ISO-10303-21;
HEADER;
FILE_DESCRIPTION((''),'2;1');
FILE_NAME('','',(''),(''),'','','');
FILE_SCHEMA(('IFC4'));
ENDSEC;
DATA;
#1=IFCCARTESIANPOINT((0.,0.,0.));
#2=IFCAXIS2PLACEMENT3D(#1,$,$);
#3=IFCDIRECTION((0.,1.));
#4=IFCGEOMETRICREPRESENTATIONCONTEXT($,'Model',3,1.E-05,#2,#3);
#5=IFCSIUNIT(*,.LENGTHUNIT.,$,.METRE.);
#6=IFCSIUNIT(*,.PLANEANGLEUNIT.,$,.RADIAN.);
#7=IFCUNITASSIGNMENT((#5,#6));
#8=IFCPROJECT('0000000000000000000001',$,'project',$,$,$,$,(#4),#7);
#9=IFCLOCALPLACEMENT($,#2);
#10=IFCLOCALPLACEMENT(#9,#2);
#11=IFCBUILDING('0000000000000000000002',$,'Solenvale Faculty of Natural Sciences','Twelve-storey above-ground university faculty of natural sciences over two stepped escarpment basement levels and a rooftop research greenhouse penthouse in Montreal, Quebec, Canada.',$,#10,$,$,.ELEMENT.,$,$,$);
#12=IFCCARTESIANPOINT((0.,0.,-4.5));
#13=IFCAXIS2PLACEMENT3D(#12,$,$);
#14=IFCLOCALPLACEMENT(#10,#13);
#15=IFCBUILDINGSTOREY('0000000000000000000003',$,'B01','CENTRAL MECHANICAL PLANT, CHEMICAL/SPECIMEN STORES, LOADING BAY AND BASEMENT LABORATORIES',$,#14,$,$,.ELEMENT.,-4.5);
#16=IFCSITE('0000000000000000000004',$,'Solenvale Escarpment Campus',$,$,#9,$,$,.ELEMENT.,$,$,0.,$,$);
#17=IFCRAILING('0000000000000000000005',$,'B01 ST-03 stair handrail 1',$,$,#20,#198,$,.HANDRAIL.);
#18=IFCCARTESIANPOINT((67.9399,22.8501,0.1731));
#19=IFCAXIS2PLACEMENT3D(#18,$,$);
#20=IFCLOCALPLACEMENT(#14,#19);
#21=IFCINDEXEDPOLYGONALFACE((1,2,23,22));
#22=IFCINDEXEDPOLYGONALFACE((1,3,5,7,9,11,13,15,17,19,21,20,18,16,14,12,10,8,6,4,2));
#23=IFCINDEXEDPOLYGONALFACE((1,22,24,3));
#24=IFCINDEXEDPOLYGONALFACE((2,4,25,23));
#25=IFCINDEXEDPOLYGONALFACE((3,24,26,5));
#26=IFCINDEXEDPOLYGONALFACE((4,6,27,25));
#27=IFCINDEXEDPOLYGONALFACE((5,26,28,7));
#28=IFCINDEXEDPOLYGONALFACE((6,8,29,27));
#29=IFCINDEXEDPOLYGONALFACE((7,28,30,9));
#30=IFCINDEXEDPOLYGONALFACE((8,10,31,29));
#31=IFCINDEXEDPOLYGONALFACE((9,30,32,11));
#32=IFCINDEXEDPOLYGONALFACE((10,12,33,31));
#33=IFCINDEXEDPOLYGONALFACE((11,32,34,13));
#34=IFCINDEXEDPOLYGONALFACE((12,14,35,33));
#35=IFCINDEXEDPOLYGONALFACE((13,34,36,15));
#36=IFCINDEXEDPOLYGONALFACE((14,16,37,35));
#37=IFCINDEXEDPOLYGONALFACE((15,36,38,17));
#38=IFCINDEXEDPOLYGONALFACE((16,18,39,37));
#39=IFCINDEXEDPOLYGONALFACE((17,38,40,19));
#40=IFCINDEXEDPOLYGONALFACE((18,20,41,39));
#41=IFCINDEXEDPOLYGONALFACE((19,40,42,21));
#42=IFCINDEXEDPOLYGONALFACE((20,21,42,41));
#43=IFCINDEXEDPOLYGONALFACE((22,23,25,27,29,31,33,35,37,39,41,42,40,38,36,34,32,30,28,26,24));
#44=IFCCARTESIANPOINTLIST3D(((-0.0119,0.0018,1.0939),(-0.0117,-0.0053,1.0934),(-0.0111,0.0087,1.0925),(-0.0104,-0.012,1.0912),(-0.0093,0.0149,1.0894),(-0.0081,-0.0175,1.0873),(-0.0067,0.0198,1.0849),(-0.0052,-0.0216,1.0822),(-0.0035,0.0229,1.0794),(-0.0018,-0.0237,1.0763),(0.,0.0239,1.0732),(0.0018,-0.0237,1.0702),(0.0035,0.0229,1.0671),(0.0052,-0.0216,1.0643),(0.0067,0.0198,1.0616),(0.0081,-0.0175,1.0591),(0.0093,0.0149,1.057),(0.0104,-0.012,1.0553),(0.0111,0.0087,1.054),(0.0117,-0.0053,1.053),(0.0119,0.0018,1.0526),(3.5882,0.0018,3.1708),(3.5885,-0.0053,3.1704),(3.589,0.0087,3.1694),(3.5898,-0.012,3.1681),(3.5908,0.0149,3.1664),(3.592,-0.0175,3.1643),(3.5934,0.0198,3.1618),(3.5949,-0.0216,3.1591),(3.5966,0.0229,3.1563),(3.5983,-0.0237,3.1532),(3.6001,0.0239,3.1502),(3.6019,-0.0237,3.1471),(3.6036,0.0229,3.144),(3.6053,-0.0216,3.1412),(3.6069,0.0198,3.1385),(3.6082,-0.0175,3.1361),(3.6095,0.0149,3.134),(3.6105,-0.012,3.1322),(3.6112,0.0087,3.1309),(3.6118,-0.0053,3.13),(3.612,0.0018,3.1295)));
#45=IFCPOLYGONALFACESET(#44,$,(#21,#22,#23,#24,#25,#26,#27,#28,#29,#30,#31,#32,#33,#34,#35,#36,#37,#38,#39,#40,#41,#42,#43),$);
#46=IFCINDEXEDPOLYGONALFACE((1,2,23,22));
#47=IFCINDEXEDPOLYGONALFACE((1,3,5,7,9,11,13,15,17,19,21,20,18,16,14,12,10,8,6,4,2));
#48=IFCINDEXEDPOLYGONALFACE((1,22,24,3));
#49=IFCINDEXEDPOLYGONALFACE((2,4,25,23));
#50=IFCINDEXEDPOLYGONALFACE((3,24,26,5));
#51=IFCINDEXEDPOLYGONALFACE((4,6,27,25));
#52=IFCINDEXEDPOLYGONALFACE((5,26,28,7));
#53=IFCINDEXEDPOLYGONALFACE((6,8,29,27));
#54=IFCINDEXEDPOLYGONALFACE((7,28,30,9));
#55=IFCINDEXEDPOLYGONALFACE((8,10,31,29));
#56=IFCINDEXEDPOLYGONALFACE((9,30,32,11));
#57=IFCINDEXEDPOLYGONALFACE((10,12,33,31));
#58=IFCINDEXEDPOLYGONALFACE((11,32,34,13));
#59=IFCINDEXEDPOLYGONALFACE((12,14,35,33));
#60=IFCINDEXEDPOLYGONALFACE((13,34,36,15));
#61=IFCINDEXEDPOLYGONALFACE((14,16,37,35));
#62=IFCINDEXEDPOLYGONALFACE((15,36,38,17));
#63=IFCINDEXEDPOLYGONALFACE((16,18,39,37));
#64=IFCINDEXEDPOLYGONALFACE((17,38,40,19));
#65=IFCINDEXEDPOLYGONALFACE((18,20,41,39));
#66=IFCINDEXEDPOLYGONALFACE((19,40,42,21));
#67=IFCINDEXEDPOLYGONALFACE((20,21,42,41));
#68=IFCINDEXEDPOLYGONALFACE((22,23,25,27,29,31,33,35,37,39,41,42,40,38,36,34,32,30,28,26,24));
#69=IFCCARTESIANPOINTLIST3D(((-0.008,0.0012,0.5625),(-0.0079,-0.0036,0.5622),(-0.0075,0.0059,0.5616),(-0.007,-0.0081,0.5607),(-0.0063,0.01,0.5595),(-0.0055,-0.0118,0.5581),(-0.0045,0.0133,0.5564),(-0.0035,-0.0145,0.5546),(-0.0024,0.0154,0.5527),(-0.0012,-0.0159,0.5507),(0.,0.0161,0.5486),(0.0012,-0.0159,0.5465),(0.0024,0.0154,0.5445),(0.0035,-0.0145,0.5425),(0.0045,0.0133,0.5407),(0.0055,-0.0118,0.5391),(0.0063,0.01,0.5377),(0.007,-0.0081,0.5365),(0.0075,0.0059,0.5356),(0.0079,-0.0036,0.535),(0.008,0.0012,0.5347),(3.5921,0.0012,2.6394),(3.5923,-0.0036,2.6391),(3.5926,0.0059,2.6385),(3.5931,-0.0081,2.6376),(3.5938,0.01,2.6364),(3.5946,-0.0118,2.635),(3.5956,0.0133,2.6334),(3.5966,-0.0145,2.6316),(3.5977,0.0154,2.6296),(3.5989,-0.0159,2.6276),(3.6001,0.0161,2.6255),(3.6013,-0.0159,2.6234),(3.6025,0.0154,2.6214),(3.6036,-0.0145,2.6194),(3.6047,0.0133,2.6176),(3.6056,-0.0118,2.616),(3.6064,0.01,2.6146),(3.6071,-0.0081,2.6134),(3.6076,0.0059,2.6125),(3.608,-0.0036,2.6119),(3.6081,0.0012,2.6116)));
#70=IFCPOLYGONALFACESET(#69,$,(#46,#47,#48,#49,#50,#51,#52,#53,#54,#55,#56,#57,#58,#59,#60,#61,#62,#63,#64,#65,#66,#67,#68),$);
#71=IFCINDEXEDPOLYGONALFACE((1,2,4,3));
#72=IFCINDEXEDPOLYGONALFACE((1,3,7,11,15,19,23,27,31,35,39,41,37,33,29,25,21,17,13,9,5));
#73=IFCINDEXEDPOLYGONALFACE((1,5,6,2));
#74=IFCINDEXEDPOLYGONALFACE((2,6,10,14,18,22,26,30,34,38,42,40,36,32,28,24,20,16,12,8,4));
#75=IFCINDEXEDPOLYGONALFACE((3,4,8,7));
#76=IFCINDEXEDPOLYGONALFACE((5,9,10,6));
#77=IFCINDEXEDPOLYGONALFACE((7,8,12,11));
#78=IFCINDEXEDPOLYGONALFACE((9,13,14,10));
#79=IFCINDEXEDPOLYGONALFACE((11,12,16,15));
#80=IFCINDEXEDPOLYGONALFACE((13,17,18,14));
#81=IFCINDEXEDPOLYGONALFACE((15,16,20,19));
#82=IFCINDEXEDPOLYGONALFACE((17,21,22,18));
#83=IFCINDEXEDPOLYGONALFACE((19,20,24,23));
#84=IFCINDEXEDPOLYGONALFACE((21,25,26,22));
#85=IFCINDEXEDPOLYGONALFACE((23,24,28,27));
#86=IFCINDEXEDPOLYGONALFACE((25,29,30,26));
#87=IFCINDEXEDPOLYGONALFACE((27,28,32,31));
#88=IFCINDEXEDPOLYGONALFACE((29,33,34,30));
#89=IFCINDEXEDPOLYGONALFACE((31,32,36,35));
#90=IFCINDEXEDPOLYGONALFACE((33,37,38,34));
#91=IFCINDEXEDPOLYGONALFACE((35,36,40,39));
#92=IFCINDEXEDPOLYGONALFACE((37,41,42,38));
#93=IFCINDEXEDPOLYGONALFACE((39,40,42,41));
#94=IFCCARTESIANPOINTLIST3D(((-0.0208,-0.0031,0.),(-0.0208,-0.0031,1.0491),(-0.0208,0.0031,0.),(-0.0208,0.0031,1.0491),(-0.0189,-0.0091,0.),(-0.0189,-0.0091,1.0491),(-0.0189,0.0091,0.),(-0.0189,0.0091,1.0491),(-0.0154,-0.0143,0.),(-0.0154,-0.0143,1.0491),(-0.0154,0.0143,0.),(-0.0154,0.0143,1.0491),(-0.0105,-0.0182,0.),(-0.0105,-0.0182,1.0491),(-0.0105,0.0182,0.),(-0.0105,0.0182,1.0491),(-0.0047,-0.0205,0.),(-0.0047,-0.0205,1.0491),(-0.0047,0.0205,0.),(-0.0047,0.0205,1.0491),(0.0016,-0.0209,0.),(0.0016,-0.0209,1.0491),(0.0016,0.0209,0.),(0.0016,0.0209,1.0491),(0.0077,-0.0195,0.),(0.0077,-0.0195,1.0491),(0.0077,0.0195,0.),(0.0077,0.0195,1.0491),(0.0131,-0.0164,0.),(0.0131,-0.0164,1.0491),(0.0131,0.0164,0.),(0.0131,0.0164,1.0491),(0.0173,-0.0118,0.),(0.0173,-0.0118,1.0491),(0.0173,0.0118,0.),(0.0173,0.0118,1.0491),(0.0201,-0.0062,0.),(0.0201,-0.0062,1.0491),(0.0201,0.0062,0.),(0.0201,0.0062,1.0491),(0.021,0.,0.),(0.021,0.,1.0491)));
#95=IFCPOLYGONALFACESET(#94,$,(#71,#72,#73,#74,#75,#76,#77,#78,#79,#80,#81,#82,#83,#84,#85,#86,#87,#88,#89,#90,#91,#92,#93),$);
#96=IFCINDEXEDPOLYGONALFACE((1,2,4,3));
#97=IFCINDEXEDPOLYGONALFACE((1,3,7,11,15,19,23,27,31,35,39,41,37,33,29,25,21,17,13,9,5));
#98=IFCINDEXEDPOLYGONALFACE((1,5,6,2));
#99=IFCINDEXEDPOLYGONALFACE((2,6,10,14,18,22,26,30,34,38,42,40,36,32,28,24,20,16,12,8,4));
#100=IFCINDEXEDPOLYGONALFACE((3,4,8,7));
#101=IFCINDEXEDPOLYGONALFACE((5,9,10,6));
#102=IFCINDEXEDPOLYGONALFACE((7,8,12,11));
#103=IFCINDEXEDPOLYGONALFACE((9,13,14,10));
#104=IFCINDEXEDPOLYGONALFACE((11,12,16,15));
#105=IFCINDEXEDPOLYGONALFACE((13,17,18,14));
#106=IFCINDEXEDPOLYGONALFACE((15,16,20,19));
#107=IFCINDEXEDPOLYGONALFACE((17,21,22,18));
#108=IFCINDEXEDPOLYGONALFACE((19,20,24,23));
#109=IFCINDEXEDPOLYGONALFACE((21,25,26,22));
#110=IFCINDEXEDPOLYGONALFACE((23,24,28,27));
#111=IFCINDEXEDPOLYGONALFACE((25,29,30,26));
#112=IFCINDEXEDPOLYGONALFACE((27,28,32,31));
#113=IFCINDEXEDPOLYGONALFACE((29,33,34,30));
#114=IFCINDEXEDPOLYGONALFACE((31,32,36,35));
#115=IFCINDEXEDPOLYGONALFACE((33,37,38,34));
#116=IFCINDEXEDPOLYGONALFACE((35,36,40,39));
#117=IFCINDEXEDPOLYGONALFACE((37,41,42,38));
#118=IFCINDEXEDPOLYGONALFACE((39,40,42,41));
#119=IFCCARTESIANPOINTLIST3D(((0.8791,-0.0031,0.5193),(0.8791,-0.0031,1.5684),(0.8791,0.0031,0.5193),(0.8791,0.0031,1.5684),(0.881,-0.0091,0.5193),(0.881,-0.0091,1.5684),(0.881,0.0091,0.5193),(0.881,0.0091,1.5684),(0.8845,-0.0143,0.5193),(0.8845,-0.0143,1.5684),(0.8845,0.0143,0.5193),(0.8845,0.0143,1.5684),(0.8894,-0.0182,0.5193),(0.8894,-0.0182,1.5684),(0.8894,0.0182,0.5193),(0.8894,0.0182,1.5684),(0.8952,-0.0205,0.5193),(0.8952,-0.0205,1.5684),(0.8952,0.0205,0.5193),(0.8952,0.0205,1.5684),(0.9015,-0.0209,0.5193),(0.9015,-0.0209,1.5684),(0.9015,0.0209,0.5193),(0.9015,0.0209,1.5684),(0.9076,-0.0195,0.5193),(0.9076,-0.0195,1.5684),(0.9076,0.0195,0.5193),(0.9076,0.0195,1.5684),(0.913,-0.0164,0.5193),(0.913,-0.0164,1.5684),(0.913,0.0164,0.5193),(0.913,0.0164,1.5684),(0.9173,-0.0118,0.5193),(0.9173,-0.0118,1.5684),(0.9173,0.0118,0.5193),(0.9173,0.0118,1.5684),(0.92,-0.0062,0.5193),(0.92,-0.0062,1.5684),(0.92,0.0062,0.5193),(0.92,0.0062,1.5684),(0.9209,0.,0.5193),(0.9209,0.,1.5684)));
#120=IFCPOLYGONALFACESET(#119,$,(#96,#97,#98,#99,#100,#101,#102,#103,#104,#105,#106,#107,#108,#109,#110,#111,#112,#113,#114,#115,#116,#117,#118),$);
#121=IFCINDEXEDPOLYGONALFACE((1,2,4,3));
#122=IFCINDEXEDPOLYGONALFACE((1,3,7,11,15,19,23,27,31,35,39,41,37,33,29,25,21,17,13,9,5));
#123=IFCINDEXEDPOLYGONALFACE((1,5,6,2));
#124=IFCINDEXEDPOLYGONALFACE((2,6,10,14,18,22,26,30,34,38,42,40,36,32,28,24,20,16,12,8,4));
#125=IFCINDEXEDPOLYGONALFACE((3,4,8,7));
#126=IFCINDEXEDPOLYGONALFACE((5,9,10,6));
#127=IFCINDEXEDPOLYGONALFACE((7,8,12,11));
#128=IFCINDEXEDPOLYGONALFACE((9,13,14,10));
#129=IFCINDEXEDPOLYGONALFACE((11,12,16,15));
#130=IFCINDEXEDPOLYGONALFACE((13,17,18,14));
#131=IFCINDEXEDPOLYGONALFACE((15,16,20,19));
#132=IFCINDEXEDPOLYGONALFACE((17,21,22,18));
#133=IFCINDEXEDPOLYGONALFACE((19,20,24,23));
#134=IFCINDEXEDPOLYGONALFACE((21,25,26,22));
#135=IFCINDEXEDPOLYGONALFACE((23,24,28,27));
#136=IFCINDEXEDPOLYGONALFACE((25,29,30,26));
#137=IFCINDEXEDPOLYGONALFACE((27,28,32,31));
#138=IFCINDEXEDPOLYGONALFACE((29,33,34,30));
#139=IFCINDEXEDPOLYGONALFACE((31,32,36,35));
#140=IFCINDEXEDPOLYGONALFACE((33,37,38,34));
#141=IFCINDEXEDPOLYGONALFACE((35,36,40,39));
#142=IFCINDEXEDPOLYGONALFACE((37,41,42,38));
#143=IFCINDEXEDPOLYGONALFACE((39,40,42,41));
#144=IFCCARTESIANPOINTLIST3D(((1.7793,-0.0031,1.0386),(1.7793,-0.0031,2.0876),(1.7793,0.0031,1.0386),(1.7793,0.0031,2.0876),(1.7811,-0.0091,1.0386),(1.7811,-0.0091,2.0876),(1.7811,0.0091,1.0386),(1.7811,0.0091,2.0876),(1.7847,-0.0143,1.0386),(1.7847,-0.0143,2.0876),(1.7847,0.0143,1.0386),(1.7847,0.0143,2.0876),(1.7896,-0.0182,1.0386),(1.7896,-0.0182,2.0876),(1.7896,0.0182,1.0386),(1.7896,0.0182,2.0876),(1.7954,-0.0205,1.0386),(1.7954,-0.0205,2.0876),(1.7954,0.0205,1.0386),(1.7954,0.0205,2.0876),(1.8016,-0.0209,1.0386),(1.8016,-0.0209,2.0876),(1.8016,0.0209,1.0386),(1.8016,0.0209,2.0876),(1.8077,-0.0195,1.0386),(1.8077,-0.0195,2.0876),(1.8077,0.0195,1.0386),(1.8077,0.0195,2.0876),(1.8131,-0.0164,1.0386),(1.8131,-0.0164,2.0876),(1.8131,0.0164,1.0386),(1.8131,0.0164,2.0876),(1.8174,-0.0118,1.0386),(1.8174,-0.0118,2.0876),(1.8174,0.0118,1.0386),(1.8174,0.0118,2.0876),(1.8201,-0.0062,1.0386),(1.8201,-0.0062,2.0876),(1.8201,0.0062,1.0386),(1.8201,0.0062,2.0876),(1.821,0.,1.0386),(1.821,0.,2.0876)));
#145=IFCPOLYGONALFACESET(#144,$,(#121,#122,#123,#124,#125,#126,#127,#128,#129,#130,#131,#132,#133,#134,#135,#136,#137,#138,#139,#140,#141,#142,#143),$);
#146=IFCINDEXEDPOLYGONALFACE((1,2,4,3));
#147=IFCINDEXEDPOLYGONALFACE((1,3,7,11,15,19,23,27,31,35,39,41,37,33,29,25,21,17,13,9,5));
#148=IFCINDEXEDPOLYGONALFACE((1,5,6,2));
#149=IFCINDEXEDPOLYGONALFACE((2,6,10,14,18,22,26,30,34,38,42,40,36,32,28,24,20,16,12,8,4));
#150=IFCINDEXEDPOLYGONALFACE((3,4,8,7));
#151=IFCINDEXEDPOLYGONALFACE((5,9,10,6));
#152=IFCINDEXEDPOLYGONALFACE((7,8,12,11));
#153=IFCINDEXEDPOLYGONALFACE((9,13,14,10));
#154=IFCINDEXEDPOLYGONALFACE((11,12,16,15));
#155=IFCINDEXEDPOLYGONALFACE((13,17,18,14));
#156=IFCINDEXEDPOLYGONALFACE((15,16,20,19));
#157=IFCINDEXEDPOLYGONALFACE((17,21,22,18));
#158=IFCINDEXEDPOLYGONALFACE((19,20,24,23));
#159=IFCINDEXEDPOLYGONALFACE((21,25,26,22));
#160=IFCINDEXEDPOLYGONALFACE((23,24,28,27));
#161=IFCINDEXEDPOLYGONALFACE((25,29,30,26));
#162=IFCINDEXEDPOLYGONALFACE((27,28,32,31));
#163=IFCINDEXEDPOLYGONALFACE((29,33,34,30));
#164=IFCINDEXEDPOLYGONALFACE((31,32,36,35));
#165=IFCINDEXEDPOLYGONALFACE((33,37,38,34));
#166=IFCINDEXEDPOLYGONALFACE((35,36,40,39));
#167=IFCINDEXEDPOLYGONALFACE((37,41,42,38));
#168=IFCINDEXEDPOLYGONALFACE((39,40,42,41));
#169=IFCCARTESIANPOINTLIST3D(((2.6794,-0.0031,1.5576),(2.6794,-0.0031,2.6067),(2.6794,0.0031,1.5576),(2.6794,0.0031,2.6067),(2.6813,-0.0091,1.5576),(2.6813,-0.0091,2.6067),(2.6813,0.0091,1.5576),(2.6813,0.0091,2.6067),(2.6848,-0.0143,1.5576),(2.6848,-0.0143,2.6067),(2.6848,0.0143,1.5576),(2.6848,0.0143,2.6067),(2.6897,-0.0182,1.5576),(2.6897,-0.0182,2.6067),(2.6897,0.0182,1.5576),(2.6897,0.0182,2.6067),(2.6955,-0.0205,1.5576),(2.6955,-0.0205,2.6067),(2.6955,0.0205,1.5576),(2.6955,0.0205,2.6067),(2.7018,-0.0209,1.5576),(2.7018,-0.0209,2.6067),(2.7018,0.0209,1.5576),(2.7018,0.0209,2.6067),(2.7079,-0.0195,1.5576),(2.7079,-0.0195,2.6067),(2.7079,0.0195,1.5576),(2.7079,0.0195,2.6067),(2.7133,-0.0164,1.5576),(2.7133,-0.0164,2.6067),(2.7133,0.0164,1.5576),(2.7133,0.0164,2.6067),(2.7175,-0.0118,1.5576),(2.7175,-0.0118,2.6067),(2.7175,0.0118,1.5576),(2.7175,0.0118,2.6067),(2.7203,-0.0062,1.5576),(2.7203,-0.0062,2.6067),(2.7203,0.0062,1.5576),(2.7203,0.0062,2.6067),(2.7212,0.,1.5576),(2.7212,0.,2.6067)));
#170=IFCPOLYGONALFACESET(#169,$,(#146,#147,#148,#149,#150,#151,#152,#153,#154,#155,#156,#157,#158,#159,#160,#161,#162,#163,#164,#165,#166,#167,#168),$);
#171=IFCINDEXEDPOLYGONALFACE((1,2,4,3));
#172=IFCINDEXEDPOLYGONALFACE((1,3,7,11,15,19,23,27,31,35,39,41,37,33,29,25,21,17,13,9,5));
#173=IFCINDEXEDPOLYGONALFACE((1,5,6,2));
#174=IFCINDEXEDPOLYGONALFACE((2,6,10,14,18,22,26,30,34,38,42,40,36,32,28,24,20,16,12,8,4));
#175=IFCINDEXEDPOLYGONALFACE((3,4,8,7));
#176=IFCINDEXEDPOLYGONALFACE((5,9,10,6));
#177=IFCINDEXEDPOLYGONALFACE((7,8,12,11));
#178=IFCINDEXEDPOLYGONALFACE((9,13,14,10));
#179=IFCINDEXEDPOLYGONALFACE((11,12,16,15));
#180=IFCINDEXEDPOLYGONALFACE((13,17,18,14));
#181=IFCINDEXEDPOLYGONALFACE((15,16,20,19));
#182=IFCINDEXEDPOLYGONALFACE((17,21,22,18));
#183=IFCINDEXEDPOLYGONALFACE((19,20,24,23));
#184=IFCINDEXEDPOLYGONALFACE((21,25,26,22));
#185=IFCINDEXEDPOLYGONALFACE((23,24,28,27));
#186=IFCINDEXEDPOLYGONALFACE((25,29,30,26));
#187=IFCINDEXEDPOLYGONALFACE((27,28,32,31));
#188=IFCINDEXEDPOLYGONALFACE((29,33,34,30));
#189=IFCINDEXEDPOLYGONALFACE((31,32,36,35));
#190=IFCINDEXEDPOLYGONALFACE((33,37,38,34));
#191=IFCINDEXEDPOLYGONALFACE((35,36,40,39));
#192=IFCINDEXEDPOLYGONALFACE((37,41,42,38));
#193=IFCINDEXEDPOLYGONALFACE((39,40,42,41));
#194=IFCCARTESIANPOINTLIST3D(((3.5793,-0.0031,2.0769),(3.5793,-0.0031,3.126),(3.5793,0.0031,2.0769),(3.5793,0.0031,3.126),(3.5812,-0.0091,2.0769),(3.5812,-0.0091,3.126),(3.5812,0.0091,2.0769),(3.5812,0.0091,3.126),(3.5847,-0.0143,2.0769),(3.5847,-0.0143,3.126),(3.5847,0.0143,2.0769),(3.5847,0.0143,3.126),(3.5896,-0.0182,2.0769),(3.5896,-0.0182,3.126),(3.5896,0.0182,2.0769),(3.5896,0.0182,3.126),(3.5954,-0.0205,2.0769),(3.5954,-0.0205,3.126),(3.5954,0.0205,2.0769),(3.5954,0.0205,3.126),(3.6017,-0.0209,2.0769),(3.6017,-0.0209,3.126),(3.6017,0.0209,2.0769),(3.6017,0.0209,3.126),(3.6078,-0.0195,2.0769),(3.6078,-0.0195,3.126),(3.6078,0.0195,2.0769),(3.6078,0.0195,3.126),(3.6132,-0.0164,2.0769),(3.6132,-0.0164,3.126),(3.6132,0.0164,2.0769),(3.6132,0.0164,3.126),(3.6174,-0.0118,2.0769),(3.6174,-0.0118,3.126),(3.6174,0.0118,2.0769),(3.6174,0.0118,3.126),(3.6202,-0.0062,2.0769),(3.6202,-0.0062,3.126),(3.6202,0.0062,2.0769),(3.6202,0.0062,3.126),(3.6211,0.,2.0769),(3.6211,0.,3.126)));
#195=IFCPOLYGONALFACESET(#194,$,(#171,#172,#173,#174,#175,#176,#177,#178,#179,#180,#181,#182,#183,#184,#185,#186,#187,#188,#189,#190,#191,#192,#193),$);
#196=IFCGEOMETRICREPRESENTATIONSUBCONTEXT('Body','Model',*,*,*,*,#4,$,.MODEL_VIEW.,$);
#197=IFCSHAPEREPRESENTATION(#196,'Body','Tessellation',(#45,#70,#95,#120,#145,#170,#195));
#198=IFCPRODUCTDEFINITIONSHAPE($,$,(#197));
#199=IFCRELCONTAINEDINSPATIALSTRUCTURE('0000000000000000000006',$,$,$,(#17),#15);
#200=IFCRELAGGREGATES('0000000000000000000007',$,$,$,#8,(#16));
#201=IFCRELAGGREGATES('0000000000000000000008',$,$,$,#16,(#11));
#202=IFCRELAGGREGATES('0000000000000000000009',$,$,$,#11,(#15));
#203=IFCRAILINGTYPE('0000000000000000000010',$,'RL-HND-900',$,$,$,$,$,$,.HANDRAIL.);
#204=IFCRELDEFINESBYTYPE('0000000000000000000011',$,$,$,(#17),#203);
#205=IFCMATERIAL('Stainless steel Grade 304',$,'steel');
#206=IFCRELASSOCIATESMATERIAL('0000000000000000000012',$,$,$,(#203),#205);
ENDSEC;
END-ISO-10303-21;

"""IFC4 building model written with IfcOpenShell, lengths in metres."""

from ifc_helpers import new_model, si_unit, direction, frame, origin, origin_2d, place, context, subcontext, project, spatial, circle, extrude, material, type_object, element, save


model = new_model("IFC4")

# Units and contexts
model_context = context("Model", 3, precision=1e-05, world=origin(), true_north=direction((0.0, 1.0)))
body_context = subcontext(model_context, "Body", "Model", "MODEL_VIEW")
ifc_project = project(units=[si_unit("LENGTHUNIT", "METRE"), si_unit("PLANEANGLEUNIT", "RADIAN")], contexts=[model_context])

# Site, building, storey
site_placement = place(None, origin())
site = spatial("IfcSite", under=ifc_project, at=site_placement, Name="Solenvale Escarpment Campus", CompositionType="ELEMENT", RefElevation=0.0)
building_placement = place(site_placement, origin())
building = spatial("IfcBuilding", under=site, at=building_placement, Name="Solenvale Faculty of Natural Sciences", Description="Twelve-storey above-ground university faculty of natural sciences over two stepped escarpment basement levels and a rooftop research greenhouse penthouse in Montreal, Quebec, Canada.", CompositionType="ELEMENT")
storey_placement = place(building_placement, frame((0.0, 0.0, -4.5)))
storey = spatial("IfcBuildingStorey", under=building, at=storey_placement, Name="B01", Description="CENTRAL MECHANICAL PLANT, CHEMICAL/SPECIMEN STORES, LOADING BAY AND BASEMENT LABORATORIES", CompositionType="ELEMENT", Elevation=-4.5)

# Railing
ifc_material_1 = material(Name="Stainless steel Grade 304", Category="steel")
railing_type_1 = type_object("IfcRailingType", Name="RL-HND-900", PredefinedType="HANDRAIL", material=ifc_material_1)
railing_1_placement = place(storey_placement, frame((67.9399, 22.8501, 0.1731)))
element("IfcRailing", 1, at=railing_1_placement, inside=storey, type_object=railing_type_1, Name="B01 ST-03 stair handrail 1", PredefinedType="HANDRAIL", context=body_context, shape_type="SweptSolid", body=[
    extrude(circle(Radius=0.0239, at=origin_2d()), frame((0.0, 0.0, 1.0732), z_axis=(0.866193, 0.0, 0.499709), x_axis=(0.0, 1.0, 0.0)), (0.0, 0.0, 1.0), 4.1562),
    extrude(circle(Radius=0.0161, at=origin_2d()), frame((0.0, 0.0, 0.5486), z_axis=(0.866193, 0.0, 0.499709), x_axis=(0.0, 1.0, 0.0)), (0.0, 0.0, 1.0), 4.1562),
    extrude(circle(Radius=0.021, at=origin_2d()), origin(), (0.0, 0.0, 1.0), 1.0491),
    extrude(circle(Radius=0.021, at=origin_2d()), frame((0.8999, 0.0, 0.5193)), (0.0, 0.0, 1.0), 1.0491),
    extrude(circle(Radius=0.021, at=origin_2d()), frame((1.8, 0.0, 1.0386)), (0.0, 0.0, 1.0), 1.0491),
    extrude(circle(Radius=0.021, at=origin_2d()), frame((2.7002, 0.0, 1.5576)), (0.0, 0.0, 1.0), 1.0491),
    extrude(circle(Radius=0.021, at=origin_2d()), frame((3.6001, 0.0, 2.0769)), (0.0, 0.0, 1.0), 1.0491),
])

save(model, "model.ifc")
